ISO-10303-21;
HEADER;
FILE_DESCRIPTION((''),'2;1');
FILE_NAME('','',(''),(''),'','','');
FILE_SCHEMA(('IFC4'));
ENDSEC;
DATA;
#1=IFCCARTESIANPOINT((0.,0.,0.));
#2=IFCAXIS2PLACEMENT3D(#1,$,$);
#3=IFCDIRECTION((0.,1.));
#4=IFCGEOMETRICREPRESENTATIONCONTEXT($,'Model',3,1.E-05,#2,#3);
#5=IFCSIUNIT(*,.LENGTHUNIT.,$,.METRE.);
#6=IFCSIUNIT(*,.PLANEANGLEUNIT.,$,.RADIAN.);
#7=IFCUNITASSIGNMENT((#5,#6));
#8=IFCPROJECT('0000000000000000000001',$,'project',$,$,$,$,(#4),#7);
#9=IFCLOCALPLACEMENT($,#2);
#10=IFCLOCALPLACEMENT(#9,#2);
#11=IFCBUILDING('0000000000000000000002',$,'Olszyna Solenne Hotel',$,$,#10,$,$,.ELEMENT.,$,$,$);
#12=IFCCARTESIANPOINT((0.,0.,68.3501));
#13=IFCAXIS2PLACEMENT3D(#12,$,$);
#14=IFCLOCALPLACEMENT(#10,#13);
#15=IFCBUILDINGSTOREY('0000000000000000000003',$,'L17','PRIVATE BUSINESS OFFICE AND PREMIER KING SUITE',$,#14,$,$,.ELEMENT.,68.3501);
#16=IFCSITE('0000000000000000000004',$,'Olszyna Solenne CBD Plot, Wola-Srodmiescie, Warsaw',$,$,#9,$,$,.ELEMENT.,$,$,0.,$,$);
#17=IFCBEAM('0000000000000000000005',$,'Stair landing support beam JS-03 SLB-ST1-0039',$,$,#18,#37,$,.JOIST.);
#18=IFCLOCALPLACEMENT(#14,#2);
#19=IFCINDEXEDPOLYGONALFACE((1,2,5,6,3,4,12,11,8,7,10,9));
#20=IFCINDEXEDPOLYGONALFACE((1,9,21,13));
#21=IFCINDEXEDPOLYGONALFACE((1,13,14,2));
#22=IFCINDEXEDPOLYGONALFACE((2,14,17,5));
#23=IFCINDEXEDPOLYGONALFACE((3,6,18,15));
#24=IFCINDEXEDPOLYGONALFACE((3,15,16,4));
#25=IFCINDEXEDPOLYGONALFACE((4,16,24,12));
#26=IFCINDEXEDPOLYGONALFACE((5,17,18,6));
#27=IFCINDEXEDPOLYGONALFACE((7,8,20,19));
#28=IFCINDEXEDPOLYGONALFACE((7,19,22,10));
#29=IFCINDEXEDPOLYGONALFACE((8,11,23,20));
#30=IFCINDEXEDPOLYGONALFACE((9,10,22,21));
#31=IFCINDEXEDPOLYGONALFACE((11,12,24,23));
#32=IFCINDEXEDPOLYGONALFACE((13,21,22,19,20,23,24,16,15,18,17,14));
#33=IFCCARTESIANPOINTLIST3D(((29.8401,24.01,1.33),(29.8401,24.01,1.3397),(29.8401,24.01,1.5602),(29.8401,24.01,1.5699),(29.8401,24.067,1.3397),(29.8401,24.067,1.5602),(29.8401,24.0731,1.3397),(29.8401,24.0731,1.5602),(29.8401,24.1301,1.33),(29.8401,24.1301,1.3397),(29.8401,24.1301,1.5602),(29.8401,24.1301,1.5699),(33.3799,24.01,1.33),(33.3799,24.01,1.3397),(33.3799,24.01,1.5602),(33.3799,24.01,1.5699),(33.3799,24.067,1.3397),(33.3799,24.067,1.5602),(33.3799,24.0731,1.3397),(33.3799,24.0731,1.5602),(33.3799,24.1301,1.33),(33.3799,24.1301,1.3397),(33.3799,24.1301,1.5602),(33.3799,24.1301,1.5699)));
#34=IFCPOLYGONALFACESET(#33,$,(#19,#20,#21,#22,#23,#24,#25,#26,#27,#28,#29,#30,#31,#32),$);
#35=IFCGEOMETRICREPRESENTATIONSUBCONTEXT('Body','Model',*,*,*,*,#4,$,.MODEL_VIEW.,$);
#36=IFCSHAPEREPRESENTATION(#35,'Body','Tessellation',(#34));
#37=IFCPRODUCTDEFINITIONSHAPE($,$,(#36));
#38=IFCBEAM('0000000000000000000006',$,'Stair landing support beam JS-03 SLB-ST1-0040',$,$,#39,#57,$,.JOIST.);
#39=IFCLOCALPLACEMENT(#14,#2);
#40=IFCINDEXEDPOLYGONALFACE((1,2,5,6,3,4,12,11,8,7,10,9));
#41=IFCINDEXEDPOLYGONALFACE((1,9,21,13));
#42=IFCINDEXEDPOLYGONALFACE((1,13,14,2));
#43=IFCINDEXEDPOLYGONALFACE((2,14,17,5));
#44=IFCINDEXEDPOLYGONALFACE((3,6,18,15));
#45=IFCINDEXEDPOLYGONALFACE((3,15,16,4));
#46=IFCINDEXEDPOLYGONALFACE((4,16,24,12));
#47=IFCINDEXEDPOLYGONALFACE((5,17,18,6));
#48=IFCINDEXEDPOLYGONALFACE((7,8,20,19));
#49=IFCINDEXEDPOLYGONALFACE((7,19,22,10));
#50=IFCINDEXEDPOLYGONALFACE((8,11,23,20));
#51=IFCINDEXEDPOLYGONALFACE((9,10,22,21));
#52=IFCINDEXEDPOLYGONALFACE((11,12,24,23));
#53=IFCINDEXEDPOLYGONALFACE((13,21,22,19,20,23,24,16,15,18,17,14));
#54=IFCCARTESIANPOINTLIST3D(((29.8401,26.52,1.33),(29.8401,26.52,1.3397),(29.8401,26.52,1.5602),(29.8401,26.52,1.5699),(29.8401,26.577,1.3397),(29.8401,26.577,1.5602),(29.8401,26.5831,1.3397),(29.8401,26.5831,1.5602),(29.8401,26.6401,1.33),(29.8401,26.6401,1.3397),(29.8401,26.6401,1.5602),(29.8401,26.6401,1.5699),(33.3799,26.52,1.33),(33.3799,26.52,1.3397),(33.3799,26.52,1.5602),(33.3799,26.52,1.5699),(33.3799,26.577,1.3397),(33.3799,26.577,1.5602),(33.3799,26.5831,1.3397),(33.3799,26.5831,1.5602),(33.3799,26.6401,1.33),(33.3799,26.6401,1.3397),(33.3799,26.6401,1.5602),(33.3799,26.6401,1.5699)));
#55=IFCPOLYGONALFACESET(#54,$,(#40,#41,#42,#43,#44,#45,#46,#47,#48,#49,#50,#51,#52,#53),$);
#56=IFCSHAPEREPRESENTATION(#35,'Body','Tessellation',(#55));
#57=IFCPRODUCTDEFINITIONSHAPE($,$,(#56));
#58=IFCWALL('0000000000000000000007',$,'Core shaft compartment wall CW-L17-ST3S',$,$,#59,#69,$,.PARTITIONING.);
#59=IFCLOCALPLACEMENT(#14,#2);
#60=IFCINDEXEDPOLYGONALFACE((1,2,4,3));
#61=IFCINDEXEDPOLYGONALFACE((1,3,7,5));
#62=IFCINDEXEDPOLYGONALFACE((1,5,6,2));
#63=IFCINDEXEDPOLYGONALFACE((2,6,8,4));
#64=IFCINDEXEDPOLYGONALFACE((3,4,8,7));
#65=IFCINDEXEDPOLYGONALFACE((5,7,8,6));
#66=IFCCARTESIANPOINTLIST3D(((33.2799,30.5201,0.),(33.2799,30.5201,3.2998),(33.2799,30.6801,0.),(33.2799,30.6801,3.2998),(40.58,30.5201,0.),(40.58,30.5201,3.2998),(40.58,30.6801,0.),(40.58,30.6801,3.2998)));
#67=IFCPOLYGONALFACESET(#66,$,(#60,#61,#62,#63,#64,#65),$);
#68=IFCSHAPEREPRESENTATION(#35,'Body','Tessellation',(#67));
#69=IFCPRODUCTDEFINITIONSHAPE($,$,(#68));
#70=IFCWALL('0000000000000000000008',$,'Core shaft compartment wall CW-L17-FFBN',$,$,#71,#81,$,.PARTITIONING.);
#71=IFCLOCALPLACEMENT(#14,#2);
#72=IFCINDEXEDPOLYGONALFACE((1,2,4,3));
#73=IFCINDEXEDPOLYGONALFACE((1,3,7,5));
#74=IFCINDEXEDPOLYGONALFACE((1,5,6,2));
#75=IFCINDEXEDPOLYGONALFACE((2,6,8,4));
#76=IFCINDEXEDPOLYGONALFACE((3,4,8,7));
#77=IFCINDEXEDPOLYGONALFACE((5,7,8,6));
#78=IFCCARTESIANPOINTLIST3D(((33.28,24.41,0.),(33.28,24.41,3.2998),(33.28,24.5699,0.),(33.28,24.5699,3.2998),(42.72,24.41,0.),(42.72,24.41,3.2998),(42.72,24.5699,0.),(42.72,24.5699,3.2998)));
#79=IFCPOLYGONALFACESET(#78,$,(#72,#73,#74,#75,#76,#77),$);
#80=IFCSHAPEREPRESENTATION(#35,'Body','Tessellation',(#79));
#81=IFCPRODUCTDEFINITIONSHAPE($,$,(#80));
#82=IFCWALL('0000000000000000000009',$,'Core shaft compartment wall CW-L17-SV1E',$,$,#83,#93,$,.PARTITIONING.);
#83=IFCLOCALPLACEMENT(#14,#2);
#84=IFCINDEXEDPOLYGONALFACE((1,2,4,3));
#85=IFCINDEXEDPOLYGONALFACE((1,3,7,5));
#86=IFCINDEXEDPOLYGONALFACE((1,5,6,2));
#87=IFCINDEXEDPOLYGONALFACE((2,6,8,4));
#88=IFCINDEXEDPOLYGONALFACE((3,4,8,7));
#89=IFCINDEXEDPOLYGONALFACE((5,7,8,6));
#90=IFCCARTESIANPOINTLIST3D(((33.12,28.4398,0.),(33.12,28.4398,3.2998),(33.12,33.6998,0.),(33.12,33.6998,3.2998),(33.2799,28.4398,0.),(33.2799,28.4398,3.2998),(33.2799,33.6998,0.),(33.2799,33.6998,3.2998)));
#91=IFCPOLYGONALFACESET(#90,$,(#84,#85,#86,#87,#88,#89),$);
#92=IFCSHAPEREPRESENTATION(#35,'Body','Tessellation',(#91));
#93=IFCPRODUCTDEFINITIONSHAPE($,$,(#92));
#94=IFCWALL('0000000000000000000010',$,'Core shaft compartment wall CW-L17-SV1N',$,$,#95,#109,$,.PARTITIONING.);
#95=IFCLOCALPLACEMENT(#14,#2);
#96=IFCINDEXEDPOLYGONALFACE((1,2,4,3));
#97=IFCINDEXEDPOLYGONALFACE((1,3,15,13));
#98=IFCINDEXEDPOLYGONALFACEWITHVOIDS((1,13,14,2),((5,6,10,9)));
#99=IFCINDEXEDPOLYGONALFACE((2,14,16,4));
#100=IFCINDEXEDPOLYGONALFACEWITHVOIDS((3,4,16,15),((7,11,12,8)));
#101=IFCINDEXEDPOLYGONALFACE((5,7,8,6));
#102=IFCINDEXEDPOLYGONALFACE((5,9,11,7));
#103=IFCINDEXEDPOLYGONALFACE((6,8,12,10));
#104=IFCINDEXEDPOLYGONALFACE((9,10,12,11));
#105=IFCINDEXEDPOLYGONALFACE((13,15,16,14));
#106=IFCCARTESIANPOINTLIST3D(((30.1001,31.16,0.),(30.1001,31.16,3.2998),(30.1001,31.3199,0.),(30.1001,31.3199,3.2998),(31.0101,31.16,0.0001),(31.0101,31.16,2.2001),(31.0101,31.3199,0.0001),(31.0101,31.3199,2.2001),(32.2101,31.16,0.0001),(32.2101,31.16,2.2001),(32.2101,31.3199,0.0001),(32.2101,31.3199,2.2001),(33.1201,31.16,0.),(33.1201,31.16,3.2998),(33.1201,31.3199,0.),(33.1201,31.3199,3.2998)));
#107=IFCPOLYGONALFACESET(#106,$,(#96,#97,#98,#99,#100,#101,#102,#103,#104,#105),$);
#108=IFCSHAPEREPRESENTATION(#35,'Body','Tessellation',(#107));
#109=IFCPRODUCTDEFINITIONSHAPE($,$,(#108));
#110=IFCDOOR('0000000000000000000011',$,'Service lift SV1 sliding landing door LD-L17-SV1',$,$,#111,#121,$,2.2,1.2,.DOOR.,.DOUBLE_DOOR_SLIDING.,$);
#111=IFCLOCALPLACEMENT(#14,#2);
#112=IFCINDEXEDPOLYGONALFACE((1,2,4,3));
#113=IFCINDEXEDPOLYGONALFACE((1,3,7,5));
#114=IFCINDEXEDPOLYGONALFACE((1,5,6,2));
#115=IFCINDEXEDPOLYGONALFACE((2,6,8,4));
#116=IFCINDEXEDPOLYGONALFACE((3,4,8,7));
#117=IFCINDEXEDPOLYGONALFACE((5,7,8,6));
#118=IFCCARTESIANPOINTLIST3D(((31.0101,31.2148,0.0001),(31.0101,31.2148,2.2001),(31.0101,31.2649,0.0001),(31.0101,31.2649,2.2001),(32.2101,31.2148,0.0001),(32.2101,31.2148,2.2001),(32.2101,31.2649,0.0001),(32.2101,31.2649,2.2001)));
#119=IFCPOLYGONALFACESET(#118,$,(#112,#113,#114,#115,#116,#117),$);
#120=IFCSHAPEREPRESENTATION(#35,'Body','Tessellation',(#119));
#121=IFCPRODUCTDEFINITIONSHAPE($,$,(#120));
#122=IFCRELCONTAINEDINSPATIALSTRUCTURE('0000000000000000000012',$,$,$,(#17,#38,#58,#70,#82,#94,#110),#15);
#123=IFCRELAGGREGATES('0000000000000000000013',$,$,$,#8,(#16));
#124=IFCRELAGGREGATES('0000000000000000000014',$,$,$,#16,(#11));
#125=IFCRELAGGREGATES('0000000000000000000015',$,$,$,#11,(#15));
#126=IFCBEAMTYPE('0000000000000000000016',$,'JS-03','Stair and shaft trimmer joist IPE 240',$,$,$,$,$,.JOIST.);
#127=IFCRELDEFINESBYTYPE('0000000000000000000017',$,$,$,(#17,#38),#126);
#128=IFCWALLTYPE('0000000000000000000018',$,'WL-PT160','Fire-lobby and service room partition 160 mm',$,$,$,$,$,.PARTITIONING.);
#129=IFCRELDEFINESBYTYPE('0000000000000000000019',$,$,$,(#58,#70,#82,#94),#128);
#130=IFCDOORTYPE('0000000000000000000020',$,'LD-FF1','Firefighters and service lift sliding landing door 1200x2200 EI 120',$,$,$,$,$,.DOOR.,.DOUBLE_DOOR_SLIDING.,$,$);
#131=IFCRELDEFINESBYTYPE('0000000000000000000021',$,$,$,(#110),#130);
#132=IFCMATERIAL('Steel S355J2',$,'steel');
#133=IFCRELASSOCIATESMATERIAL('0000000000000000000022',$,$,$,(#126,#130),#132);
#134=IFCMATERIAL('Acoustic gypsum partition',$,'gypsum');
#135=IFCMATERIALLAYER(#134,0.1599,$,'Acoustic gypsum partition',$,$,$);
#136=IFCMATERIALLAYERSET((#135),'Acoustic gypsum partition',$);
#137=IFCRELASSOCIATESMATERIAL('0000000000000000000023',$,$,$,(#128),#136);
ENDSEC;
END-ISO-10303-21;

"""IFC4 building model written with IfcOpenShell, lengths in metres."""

from ifc_helpers import new_model, si_unit, direction, frame, frame_2d, origin, origin_2d, place, context, subcontext, project, spatial, rectangle, i_section, extrude, source, transform, mapped, material, layer, layer_set, material_profile, profile_set, type_object, type_shapes, element, fill, save


model = new_model("IFC4")

# Units and contexts
model_context = context("Model", 3, precision=1e-05, world=origin(), true_north=direction((0.0, 1.0)))
body_context = subcontext(model_context, "Body", "Model", "MODEL_VIEW")
ifc_project = project(units=[si_unit("LENGTHUNIT", "METRE"), si_unit("PLANEANGLEUNIT", "RADIAN")], contexts=[model_context])

# Site, building, storey
site_placement = place(None, origin())
site = spatial("IfcSite", under=ifc_project, at=site_placement, Name="Olszyna Solenne CBD Plot, Wola-Srodmiescie, Warsaw", CompositionType="ELEMENT", RefElevation=0.0)
building_placement = place(site_placement, origin())
building = spatial("IfcBuilding", under=site, at=building_placement, Name="Olszyna Solenne Hotel", CompositionType="ELEMENT")
storey_placement = place(building_placement, frame((0.0, 0.0, 68.3501)))
storey = spatial("IfcBuildingStorey", under=building, at=storey_placement, Name="L17", Description="PRIVATE BUSINESS OFFICE AND PREMIER KING SUITE", CompositionType="ELEMENT", Elevation=68.3501)

# Beams
ifc_material_1 = material(Name="Steel S355J2", Category="steel")
ifc_material_profile = material_profile(ifc_material_1, i_section(OverallWidth=0.1201, OverallDepth=0.24, WebThickness=0.0061, FlangeThickness=0.0098, at=origin_2d()), Name="IPE 240", Category="load-bearing")
ifc_profile_set = profile_set([ifc_material_profile], Name="Steel S355J2")
beam_type = type_object("IfcBeamType", Name="JS-03", Description="Stair and shaft trimmer joist IPE 240", PredefinedType="JOIST", material=ifc_profile_set)
shared_shape_1 = source(origin(), body_context, "Body", "SweptSolid", [
    extrude(i_section(OverallWidth=0.1201, OverallDepth=0.24, WebThickness=0.0061, FlangeThickness=0.0098, at=origin_2d()), origin(), (0.0, 0.0, 1.0), 3.5398),
])
for number, where, z_axis, x_axis, name in (
    (1, (33.3799, 24.0701, 1.45), (-1.0, 0.0, 0.0), (0.0, -1.0, 0.0), "Stair landing support beam JS-03 SLB-ST1-0039"),
    (2, (33.3799, 26.5801, 1.45), (-1.0, 0.0, 0.0), (0.0, -1.0, 0.0), "Stair landing support beam JS-03 SLB-ST1-0040"),
):
    element("IfcBeam", number, at=place(storey_placement, frame(where, z_axis=z_axis, x_axis=x_axis)), inside=storey, type_object=beam_type, Name=name, PredefinedType="JOIST", context=body_context, shape_type="MappedRepresentation", body=[
        mapped(shared_shape_1, transform((0.0, 0.0, 0.0), x_axis=(1.0, 0.0, 0.0), y_axis=(0.0, 1.0, 0.0), z_axis=(0.0, 0.0, 1.0), scale=1.0)),
    ])

# Walls
ifc_material_2 = material(Name="Acoustic gypsum partition", Category="gypsum")
ifc_layer = layer(ifc_material_2, 0.1599, Name="Acoustic gypsum partition")
ifc_layer_set = layer_set([ifc_layer], Name="Acoustic gypsum partition")
wall_type = type_object("IfcWallType", Name="WL-PT160", Description="Fire-lobby and service room partition 160 mm", PredefinedType="PARTITIONING", material=ifc_layer_set)
wall_1_placement = place(storey_placement, frame((33.28, 30.6001, 0.0), z_axis=(0.0, 0.0, 1.0), x_axis=(1.0, 0.0, 0.0)))
element("IfcWall", 3, at=wall_1_placement, inside=storey, type_object=wall_type, Name="Core shaft compartment wall CW-L17-ST3S", PredefinedType="PARTITIONING", context=body_context, shape_type="SweptSolid", body=[
    extrude(rectangle(XDim=7.3, YDim=0.1599, at=frame_2d((3.6499, 0.0))), origin(), (0.0, 0.0, 1.0), 3.2998),
])
wall_2_placement = place(storey_placement, frame((33.28, 24.49, 0.0), z_axis=(0.0, 0.0, 1.0), x_axis=(1.0, 0.0, 0.0)))
element("IfcWall", 4, at=wall_2_placement, inside=storey, type_object=wall_type, Name="Core shaft compartment wall CW-L17-FFBN", PredefinedType="PARTITIONING", context=body_context, shape_type="SweptSolid", body=[
    extrude(rectangle(XDim=9.4399, YDim=0.1599, at=frame_2d((4.72, 0.0))), origin(), (0.0, 0.0, 1.0), 3.2998),
])
wall_3_placement = place(storey_placement, frame((33.2, 28.4399, 0.0), z_axis=(0.0, 0.0, 1.0), x_axis=(0.0, 1.0, 0.0)))
element("IfcWall", 5, at=wall_3_placement, inside=storey, type_object=wall_type, Name="Core shaft compartment wall CW-L17-SV1E", PredefinedType="PARTITIONING", context=body_context, shape_type="SweptSolid", body=[
    extrude(rectangle(XDim=5.26, YDim=0.1599, at=frame_2d((2.6299, 0.0))), origin(), (0.0, 0.0, 1.0), 3.2998),
])

# Wall, opening, door
wall_4_placement = place(storey_placement, frame((30.1001, 31.24, 0.0), z_axis=(0.0, 0.0, 1.0), x_axis=(1.0, 0.0, 0.0)))
wall_4 = element("IfcWall", 6, at=wall_4_placement, inside=storey, type_object=wall_type, Name="Core shaft compartment wall CW-L17-SV1N", PredefinedType="PARTITIONING", context=body_context, shape_type="SweptSolid", body=[
    extrude(rectangle(XDim=3.02, YDim=0.1599, at=frame_2d((1.51, 0.0))), origin(), (0.0, 0.0, 1.0), 3.2998),
])
opening_1_placement = place(wall_4_placement, frame((0.9099, 0.0, 0.0)))
opening_1 = element("IfcOpeningElement", 7, at=opening_1_placement, cuts=wall_4, PredefinedType="OPENING", context=body_context, shape_type="SweptSolid", body=[
    extrude(rectangle(XDim=1.2, YDim=2.2, at=frame_2d((0.6001, 1.1001))), frame((0.0, 0.0898, 0.0), z_axis=(0.0, -1.0, 0.0), x_axis=(1.0, 0.0, 0.0)), (0.0, 0.0, 1.0), 0.1799),
])
door_type_1 = type_object("IfcDoorType", Name="LD-FF1", Description="Firefighters and service lift sliding landing door 1200x2200 EI 120", OperationType="DOUBLE_DOOR_SLIDING", PredefinedType="DOOR", material=ifc_material_1)
shared_shape_2 = source(origin(), body_context, "Body", "SweptSolid", [
    extrude(rectangle(XDim=1.2, YDim=2.2, at=frame_2d((0.6001, 1.1001))), frame((0.0, 0.0249, 0.0), z_axis=(0.0, -1.0, 0.0), x_axis=(1.0, 0.0, 0.0)), (0.0, 0.0, 1.0), 0.05),
])
type_shapes(door_type_1, [shared_shape_2])
door_1_placement = place(opening_1_placement, origin())
door_1 = element("IfcDoor", 8, at=door_1_placement, inside=storey, type_object=door_type_1, Name="Service lift SV1 sliding landing door LD-L17-SV1", OperationType="DOUBLE_DOOR_SLIDING", OverallHeight=2.2, OverallWidth=1.2, PredefinedType="DOOR", context=body_context, shape_type="MappedRepresentation", body=[
    mapped(shared_shape_2, transform((0.0, 0.0, 0.0), x_axis=(1.0, 0.0, 0.0), y_axis=(0.0, 1.0, 0.0), z_axis=(0.0, 0.0, 1.0), scale=1.0)),
])
fill(opening_1, door_1)

save(model, "model.ifc")
